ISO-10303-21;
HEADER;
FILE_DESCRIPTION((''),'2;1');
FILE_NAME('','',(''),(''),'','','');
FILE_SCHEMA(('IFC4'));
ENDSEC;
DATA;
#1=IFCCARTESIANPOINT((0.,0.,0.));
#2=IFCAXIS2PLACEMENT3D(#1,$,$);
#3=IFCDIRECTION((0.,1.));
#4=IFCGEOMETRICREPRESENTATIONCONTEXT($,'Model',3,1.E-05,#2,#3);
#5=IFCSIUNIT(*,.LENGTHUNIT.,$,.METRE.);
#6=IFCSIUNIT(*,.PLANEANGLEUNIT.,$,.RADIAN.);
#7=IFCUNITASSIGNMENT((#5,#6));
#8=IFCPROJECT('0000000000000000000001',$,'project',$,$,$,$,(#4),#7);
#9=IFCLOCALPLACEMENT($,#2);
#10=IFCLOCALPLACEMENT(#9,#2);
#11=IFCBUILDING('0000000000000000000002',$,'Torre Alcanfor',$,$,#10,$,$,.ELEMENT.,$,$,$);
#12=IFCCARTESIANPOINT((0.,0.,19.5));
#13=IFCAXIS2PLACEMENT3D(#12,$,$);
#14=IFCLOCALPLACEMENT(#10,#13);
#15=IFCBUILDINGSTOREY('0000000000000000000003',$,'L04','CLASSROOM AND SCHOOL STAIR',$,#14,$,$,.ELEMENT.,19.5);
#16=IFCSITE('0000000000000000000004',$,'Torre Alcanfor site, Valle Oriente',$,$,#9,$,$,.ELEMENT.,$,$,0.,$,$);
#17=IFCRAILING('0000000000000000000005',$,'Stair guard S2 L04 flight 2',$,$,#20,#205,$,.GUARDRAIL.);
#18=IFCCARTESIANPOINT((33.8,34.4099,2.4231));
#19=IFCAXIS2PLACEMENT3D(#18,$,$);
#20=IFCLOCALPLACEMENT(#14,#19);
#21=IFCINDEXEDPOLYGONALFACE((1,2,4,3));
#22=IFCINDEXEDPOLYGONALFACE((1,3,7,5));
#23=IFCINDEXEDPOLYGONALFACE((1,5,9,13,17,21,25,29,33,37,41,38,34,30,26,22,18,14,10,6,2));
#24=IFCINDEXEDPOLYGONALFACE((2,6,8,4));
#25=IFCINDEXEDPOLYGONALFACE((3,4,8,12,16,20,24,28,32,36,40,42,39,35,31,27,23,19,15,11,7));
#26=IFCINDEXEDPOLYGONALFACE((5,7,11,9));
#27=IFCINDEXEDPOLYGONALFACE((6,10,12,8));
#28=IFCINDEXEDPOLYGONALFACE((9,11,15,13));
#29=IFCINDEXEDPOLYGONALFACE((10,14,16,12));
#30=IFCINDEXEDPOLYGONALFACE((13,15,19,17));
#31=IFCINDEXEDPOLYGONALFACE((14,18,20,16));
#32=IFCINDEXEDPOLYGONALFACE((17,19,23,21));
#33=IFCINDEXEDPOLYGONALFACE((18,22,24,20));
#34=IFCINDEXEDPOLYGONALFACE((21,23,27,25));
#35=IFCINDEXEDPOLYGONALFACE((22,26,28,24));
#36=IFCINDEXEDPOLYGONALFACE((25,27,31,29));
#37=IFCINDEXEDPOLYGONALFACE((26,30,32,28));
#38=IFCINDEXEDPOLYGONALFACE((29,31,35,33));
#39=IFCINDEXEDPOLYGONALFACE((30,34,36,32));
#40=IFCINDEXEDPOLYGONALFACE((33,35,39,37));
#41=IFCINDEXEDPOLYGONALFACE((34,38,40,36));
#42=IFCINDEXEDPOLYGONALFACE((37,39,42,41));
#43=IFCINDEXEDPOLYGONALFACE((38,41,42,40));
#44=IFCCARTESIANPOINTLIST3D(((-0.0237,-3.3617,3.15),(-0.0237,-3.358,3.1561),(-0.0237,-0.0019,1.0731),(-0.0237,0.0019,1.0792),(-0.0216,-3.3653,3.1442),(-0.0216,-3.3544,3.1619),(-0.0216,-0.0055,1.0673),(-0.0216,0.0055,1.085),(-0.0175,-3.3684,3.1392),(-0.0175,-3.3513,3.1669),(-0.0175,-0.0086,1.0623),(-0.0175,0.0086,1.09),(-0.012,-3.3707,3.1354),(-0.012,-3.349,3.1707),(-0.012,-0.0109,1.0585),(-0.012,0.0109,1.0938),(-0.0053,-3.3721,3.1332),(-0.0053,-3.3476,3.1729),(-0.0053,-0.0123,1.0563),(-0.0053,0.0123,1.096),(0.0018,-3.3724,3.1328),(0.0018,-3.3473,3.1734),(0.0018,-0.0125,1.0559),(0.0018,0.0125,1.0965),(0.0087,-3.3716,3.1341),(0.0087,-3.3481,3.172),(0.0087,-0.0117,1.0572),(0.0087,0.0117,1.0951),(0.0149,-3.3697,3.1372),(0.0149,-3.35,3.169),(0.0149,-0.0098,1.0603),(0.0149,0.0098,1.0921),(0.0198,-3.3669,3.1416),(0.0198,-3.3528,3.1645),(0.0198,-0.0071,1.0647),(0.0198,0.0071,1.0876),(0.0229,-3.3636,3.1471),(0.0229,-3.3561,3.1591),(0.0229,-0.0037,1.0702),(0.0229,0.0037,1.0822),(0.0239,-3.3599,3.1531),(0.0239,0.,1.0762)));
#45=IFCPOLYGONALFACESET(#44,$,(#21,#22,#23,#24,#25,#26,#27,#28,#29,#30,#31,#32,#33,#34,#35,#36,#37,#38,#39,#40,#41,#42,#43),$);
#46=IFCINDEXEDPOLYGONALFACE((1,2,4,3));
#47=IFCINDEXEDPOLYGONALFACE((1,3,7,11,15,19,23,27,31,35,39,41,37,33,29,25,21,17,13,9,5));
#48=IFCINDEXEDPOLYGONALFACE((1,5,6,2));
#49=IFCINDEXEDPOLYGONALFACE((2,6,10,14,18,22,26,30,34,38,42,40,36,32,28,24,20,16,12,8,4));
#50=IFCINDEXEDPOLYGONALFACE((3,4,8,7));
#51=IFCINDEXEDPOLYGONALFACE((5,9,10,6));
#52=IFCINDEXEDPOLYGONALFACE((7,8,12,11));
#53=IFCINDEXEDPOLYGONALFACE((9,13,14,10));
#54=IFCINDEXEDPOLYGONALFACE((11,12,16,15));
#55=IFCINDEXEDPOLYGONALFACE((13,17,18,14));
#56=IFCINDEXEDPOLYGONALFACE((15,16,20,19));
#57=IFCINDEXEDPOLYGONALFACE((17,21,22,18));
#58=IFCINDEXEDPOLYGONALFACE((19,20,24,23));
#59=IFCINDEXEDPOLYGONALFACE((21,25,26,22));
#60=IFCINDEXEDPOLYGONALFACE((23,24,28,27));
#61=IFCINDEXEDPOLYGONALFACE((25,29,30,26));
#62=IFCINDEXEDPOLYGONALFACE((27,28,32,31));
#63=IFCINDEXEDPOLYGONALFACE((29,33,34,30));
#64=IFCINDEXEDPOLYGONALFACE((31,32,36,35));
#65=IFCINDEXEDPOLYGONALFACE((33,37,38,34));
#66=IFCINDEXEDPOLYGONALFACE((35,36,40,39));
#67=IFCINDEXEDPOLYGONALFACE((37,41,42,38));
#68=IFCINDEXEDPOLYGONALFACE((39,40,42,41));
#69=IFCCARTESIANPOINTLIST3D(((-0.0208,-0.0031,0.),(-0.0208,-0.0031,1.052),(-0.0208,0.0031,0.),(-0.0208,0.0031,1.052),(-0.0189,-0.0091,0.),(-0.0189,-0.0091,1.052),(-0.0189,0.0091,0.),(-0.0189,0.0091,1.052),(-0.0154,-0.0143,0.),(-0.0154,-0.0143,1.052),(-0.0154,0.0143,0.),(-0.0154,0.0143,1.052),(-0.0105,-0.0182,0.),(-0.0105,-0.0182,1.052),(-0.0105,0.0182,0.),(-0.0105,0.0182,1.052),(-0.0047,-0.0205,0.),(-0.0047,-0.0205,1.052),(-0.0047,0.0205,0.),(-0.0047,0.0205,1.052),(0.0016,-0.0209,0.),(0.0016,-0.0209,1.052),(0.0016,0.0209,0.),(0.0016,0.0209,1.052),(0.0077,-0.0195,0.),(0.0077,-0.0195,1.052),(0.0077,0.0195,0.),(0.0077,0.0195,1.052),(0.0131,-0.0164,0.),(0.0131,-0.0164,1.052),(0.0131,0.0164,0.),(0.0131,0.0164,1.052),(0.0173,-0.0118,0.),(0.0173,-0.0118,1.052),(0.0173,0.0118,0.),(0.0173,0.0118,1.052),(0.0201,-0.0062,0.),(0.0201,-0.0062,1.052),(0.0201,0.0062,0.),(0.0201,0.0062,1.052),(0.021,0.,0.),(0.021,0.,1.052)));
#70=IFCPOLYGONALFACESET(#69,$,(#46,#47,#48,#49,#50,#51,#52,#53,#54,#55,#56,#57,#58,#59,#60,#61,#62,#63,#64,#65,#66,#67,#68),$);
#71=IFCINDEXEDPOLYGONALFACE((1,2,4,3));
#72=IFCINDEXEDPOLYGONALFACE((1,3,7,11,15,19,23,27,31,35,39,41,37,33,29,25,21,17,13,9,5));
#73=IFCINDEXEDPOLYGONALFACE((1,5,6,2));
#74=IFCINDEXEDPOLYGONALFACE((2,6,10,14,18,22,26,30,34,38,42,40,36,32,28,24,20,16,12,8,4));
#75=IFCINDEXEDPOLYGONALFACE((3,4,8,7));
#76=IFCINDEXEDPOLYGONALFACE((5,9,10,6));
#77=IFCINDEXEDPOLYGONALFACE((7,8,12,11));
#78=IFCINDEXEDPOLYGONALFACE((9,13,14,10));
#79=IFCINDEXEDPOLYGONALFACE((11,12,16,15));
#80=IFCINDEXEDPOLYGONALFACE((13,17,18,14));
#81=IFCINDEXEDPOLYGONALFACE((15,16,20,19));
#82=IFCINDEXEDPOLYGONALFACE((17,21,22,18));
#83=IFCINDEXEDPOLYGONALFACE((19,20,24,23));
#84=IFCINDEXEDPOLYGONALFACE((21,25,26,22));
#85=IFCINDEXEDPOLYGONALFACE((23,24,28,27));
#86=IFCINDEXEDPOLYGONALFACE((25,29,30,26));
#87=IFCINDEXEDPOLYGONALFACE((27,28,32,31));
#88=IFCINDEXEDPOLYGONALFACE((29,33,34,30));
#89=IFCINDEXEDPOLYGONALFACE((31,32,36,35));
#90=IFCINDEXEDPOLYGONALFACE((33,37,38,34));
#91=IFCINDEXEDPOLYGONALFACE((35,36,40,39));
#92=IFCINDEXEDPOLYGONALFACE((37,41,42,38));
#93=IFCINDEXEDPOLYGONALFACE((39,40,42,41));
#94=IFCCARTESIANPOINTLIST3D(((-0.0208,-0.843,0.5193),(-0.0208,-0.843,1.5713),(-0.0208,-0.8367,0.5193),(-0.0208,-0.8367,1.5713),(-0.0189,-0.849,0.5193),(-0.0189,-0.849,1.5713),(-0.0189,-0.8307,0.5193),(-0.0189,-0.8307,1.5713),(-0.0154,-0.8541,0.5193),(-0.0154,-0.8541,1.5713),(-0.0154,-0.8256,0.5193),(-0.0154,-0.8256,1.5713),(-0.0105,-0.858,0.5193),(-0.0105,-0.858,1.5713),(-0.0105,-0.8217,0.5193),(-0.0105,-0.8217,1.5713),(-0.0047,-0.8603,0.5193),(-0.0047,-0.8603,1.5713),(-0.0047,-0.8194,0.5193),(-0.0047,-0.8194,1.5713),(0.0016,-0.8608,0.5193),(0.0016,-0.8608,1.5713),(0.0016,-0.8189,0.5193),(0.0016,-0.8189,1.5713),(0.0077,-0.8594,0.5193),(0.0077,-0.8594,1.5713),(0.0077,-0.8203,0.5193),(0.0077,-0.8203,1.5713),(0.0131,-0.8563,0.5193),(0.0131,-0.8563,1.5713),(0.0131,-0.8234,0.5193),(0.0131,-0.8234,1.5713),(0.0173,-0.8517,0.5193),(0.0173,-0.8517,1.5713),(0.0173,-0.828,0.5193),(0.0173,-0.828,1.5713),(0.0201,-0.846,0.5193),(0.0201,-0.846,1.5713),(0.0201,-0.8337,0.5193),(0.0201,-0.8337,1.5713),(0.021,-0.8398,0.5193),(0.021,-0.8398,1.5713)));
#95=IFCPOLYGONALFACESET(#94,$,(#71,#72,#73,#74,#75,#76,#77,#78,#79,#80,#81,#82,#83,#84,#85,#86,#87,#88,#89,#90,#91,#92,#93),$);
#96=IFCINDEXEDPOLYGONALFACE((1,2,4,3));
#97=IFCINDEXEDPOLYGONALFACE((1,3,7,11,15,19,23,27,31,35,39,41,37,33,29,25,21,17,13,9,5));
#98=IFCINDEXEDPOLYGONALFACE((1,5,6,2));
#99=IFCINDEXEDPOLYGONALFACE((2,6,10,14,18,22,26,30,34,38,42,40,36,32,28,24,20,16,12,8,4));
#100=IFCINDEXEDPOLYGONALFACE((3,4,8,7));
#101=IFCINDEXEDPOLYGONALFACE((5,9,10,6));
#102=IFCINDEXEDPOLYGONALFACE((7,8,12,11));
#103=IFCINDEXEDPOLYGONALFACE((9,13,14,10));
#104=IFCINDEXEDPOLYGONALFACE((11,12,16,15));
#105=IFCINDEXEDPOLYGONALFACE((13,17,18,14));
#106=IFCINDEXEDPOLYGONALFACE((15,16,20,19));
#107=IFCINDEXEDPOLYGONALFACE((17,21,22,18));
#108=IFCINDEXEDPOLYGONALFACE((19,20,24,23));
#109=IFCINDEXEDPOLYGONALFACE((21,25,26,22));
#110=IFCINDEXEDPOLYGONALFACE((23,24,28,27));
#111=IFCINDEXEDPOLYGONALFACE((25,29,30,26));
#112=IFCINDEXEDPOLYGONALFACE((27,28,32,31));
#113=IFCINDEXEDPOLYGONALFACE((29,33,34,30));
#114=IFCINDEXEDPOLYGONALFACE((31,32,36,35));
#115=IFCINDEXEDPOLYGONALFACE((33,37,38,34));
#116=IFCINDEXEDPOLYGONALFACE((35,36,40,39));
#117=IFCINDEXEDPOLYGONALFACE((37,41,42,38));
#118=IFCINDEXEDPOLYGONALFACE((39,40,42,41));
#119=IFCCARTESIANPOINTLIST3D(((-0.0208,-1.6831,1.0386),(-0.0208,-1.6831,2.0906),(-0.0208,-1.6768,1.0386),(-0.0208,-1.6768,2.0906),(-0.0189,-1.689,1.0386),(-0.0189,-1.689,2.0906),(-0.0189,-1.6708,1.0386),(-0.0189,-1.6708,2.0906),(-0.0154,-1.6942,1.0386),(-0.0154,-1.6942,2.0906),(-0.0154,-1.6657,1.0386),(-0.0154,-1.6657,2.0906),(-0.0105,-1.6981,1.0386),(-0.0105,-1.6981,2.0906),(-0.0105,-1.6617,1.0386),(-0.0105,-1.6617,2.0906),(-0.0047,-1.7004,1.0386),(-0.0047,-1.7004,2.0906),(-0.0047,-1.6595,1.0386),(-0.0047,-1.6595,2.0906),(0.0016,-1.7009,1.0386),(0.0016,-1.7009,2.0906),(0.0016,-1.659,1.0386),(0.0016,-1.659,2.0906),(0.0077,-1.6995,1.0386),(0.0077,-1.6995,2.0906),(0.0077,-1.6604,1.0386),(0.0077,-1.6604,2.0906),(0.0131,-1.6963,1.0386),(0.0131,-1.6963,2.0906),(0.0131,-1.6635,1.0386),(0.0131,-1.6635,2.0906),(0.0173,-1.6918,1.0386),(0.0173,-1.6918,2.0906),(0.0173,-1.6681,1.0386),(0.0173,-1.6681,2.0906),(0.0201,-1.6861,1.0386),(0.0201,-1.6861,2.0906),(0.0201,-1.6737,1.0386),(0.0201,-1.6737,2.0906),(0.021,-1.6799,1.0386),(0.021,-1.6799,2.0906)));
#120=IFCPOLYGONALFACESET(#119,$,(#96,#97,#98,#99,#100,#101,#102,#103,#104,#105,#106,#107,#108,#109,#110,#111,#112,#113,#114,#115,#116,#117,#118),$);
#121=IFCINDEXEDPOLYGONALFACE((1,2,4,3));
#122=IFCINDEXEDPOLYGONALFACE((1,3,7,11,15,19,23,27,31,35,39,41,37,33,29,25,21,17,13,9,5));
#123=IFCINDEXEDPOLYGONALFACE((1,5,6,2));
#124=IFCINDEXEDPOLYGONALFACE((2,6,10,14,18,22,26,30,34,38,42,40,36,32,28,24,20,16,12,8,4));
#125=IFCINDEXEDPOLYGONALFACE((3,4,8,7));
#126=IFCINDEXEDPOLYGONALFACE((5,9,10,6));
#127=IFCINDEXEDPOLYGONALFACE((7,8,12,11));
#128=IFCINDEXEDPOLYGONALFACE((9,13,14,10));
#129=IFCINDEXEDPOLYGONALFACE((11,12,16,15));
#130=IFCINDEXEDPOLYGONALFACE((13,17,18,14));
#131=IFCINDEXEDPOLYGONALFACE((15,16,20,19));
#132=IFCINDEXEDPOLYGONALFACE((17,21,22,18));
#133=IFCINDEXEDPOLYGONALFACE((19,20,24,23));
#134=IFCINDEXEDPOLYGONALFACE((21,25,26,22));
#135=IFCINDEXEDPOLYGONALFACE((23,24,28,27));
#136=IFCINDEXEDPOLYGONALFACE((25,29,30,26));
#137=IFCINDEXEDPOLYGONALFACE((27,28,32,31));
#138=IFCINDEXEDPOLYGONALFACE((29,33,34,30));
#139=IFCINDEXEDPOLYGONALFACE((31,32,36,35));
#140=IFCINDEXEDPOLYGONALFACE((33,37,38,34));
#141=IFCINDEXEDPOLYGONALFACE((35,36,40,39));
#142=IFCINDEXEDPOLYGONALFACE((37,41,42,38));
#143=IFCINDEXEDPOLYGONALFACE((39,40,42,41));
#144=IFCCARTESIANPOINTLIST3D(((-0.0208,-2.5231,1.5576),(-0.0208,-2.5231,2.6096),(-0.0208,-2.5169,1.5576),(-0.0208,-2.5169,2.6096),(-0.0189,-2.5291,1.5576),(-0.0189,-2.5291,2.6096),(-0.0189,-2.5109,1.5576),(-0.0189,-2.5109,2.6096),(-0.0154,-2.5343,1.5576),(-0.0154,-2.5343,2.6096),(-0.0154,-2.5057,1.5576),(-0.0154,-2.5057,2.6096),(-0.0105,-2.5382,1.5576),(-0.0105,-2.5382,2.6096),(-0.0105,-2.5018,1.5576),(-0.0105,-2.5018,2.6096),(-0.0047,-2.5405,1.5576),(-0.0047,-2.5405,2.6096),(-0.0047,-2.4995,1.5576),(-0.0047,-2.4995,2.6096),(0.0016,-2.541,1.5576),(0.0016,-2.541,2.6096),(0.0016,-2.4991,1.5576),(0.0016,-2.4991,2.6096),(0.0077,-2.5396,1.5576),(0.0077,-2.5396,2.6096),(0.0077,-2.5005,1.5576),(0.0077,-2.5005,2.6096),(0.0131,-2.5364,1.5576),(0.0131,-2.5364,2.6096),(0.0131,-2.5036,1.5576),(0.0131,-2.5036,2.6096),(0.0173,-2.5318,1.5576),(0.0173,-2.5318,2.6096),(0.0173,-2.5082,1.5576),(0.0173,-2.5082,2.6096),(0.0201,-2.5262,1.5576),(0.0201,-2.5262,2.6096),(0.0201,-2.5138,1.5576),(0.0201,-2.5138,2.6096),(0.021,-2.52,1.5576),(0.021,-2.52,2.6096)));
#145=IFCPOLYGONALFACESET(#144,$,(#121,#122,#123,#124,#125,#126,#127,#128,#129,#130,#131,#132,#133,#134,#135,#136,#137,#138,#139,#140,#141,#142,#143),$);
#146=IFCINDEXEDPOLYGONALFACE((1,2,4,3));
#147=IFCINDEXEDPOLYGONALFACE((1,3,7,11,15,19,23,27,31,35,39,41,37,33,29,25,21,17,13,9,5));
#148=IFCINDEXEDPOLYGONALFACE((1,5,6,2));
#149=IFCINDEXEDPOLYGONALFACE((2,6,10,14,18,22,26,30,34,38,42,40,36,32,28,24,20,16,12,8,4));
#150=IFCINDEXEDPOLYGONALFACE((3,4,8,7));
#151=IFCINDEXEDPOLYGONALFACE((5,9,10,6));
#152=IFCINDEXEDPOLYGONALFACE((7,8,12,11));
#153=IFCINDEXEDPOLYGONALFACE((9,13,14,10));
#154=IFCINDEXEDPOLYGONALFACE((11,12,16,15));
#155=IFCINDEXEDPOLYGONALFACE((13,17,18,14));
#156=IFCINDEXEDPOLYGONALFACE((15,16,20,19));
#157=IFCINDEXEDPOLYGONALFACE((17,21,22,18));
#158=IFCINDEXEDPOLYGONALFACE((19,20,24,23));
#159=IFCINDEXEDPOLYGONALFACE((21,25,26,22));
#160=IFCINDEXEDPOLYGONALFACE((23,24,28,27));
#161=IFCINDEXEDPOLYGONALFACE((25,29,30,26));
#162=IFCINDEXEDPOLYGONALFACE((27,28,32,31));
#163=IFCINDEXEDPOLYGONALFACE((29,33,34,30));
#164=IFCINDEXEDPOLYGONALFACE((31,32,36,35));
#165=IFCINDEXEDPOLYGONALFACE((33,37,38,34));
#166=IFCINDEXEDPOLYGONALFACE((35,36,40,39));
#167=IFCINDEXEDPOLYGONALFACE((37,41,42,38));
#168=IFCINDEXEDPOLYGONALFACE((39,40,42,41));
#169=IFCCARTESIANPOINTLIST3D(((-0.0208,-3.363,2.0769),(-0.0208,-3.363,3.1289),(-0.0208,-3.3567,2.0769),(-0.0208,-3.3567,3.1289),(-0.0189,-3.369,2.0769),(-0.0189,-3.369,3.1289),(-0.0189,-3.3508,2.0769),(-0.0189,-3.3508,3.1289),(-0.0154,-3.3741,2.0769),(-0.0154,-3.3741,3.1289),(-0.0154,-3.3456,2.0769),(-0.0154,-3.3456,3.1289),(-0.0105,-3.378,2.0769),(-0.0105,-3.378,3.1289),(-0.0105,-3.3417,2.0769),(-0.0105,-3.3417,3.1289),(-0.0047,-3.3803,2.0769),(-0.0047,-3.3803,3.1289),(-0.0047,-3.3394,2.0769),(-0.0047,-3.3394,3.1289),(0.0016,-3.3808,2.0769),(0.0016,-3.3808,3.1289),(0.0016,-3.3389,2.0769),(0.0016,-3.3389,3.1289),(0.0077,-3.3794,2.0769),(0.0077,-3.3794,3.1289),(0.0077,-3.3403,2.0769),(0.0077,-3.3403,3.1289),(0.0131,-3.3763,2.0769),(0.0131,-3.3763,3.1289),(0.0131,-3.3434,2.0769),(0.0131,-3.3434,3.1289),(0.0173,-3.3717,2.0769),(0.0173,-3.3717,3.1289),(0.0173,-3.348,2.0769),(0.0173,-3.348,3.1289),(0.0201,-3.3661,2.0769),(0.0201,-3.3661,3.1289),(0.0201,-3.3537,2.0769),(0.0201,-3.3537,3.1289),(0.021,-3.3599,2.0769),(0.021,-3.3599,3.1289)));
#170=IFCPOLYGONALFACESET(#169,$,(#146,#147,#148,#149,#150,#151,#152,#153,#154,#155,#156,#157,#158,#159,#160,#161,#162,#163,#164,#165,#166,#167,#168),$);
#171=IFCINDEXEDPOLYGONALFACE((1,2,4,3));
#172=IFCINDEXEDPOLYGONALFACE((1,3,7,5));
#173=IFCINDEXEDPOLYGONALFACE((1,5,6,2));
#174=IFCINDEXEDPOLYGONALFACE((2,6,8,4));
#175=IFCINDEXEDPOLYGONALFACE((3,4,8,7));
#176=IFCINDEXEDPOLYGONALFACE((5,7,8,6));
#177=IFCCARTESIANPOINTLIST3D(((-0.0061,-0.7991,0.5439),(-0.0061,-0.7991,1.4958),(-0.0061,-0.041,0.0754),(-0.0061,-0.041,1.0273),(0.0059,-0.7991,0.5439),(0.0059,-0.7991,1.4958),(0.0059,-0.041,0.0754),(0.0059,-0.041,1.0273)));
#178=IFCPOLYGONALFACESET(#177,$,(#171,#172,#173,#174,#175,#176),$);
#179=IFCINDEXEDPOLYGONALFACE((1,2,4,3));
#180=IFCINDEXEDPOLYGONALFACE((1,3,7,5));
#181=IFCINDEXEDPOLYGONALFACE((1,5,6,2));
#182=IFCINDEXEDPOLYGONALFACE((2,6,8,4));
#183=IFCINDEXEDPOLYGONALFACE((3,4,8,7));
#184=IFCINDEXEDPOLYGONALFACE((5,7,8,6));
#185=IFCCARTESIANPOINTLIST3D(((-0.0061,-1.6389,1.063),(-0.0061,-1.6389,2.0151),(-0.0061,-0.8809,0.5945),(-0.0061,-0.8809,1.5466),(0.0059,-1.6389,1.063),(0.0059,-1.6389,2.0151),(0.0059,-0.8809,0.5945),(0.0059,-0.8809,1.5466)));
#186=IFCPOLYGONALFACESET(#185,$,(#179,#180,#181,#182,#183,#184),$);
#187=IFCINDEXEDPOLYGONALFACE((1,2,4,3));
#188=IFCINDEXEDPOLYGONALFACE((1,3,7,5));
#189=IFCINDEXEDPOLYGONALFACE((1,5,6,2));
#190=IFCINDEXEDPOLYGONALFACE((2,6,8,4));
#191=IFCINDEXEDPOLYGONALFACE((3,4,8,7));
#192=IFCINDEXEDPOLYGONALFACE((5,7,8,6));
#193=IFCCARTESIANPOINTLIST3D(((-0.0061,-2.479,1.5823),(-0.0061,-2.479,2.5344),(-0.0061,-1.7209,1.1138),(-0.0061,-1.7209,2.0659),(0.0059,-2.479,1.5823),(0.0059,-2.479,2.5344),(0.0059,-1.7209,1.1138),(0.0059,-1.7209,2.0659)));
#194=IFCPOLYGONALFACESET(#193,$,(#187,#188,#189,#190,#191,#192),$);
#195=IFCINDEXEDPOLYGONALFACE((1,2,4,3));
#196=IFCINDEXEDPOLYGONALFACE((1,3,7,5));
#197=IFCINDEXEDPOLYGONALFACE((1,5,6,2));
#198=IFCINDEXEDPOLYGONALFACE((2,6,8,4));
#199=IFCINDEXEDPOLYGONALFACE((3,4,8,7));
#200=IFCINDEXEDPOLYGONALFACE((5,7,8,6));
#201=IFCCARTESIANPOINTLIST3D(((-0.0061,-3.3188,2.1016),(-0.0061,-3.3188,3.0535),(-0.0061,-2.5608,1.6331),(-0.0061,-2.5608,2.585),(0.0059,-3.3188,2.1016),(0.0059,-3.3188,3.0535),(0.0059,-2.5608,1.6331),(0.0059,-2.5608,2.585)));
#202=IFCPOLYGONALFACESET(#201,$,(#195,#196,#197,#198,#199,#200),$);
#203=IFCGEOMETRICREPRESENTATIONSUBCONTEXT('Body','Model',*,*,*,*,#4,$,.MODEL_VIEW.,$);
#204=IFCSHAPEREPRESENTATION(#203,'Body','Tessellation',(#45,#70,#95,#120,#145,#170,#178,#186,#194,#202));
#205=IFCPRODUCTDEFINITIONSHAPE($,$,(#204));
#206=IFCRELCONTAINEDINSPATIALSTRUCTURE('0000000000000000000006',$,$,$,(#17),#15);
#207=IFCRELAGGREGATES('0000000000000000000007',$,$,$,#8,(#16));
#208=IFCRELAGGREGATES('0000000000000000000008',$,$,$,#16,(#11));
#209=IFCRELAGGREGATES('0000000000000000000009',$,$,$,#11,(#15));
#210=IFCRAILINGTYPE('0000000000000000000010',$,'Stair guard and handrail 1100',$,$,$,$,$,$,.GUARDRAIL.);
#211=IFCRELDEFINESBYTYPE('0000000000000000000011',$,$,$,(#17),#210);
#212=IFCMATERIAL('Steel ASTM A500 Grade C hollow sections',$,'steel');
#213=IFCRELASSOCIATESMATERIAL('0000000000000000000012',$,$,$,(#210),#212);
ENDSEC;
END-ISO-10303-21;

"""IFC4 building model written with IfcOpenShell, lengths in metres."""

from ifc_helpers import new_model, si_unit, direction, frame, origin, origin_2d, place, context, subcontext, project, spatial, polyline, circle, outline, extrude, material, type_object, element, save


model = new_model("IFC4")

# Units and contexts
model_context = context("Model", 3, precision=1e-05, world=origin(), true_north=direction((0.0, 1.0)))
body_context = subcontext(model_context, "Body", "Model", "MODEL_VIEW")
ifc_project = project(units=[si_unit("LENGTHUNIT", "METRE"), si_unit("PLANEANGLEUNIT", "RADIAN")], contexts=[model_context])

# Site, building, storey
site_placement = place(None, origin())
site = spatial("IfcSite", under=ifc_project, at=site_placement, Name="Torre Alcanfor site, Valle Oriente", CompositionType="ELEMENT", RefElevation=0.0)
building_placement = place(site_placement, origin())
building = spatial("IfcBuilding", under=site, at=building_placement, Name="Torre Alcanfor", CompositionType="ELEMENT")
storey_placement = place(building_placement, frame((0.0, 0.0, 19.5)))
storey = spatial("IfcBuildingStorey", under=building, at=storey_placement, Name="L04", Description="CLASSROOM AND SCHOOL STAIR", CompositionType="ELEMENT", Elevation=19.5)

# Railing
ifc_material_1 = material(Name="Steel ASTM A500 Grade C hollow sections", Category="steel")
railing_type_1 = type_object("IfcRailingType", Name="Stair guard and handrail 1100", PredefinedType="GUARDRAIL", material=ifc_material_1)
railing_1_placement = place(storey_placement, frame((33.8, 34.4099, 2.4231)))
element("IfcRailing", 1, at=railing_1_placement, inside=storey, type_object=railing_type_1, Name="Stair guard S2 L04 flight 2", PredefinedType="GUARDRAIL", context=body_context, shape_type="SweptSolid", body=[
    extrude(circle(Radius=0.0239, at=origin_2d()), frame((0.0, 0.0, 1.0762), z_axis=(0.0, -0.850606, 0.525803), x_axis=(1.0, 0.0, 0.0)), (0.0, 0.0, 1.0), 3.95),
    extrude(circle(Radius=0.021, at=origin_2d()), origin(), (0.0, 0.0, 1.0), 1.052),
    extrude(circle(Radius=0.021, at=origin_2d()), frame((0.0, -0.8398, 0.5193)), (0.0, 0.0, 1.0), 1.052),
    extrude(circle(Radius=0.021, at=origin_2d()), frame((0.0, -1.6799, 1.0386)), (0.0, 0.0, 1.0), 1.052),
    extrude(circle(Radius=0.021, at=origin_2d()), frame((0.0, -2.52, 1.5576)), (0.0, 0.0, 1.0), 1.052),
    extrude(circle(Radius=0.021, at=origin_2d()), frame((0.0, -3.3599, 2.0769)), (0.0, 0.0, 1.0), 1.052),
    extrude(outline(polyline([(0.041, 0.0754), (0.7991, 0.5439), (0.7991, 1.4958), (0.041, 1.0273), (0.041, 0.0754)])), frame((0.0059, 0.0, 0.0), z_axis=(-1.0, 0.0, 0.0), x_axis=(0.0, -1.0, 0.0)), (0.0, 0.0, 1.0), 0.012),
    extrude(outline(polyline([(0.8809, 0.5945), (1.6389, 1.063), (1.6389, 2.0151), (0.8809, 1.5466), (0.8809, 0.5945)])), frame((0.0059, 0.0, 0.0), z_axis=(-1.0, 0.0, 0.0), x_axis=(0.0, -1.0, 0.0)), (0.0, 0.0, 1.0), 0.012),
    extrude(outline(polyline([(1.7209, 1.1138), (2.479, 1.5823), (2.479, 2.5344), (1.7209, 2.0659), (1.7209, 1.1138)])), frame((0.0059, 0.0, 0.0), z_axis=(-1.0, 0.0, 0.0), x_axis=(0.0, -1.0, 0.0)), (0.0, 0.0, 1.0), 0.012),
    extrude(outline(polyline([(2.5608, 1.6331), (3.3188, 2.1016), (3.3188, 3.0535), (2.5608, 2.585), (2.5608, 1.6331)])), frame((0.0059, 0.0, 0.0), z_axis=(-1.0, 0.0, 0.0), x_axis=(0.0, -1.0, 0.0)), (0.0, 0.0, 1.0), 0.012),
])

save(model, "model.ifc")
